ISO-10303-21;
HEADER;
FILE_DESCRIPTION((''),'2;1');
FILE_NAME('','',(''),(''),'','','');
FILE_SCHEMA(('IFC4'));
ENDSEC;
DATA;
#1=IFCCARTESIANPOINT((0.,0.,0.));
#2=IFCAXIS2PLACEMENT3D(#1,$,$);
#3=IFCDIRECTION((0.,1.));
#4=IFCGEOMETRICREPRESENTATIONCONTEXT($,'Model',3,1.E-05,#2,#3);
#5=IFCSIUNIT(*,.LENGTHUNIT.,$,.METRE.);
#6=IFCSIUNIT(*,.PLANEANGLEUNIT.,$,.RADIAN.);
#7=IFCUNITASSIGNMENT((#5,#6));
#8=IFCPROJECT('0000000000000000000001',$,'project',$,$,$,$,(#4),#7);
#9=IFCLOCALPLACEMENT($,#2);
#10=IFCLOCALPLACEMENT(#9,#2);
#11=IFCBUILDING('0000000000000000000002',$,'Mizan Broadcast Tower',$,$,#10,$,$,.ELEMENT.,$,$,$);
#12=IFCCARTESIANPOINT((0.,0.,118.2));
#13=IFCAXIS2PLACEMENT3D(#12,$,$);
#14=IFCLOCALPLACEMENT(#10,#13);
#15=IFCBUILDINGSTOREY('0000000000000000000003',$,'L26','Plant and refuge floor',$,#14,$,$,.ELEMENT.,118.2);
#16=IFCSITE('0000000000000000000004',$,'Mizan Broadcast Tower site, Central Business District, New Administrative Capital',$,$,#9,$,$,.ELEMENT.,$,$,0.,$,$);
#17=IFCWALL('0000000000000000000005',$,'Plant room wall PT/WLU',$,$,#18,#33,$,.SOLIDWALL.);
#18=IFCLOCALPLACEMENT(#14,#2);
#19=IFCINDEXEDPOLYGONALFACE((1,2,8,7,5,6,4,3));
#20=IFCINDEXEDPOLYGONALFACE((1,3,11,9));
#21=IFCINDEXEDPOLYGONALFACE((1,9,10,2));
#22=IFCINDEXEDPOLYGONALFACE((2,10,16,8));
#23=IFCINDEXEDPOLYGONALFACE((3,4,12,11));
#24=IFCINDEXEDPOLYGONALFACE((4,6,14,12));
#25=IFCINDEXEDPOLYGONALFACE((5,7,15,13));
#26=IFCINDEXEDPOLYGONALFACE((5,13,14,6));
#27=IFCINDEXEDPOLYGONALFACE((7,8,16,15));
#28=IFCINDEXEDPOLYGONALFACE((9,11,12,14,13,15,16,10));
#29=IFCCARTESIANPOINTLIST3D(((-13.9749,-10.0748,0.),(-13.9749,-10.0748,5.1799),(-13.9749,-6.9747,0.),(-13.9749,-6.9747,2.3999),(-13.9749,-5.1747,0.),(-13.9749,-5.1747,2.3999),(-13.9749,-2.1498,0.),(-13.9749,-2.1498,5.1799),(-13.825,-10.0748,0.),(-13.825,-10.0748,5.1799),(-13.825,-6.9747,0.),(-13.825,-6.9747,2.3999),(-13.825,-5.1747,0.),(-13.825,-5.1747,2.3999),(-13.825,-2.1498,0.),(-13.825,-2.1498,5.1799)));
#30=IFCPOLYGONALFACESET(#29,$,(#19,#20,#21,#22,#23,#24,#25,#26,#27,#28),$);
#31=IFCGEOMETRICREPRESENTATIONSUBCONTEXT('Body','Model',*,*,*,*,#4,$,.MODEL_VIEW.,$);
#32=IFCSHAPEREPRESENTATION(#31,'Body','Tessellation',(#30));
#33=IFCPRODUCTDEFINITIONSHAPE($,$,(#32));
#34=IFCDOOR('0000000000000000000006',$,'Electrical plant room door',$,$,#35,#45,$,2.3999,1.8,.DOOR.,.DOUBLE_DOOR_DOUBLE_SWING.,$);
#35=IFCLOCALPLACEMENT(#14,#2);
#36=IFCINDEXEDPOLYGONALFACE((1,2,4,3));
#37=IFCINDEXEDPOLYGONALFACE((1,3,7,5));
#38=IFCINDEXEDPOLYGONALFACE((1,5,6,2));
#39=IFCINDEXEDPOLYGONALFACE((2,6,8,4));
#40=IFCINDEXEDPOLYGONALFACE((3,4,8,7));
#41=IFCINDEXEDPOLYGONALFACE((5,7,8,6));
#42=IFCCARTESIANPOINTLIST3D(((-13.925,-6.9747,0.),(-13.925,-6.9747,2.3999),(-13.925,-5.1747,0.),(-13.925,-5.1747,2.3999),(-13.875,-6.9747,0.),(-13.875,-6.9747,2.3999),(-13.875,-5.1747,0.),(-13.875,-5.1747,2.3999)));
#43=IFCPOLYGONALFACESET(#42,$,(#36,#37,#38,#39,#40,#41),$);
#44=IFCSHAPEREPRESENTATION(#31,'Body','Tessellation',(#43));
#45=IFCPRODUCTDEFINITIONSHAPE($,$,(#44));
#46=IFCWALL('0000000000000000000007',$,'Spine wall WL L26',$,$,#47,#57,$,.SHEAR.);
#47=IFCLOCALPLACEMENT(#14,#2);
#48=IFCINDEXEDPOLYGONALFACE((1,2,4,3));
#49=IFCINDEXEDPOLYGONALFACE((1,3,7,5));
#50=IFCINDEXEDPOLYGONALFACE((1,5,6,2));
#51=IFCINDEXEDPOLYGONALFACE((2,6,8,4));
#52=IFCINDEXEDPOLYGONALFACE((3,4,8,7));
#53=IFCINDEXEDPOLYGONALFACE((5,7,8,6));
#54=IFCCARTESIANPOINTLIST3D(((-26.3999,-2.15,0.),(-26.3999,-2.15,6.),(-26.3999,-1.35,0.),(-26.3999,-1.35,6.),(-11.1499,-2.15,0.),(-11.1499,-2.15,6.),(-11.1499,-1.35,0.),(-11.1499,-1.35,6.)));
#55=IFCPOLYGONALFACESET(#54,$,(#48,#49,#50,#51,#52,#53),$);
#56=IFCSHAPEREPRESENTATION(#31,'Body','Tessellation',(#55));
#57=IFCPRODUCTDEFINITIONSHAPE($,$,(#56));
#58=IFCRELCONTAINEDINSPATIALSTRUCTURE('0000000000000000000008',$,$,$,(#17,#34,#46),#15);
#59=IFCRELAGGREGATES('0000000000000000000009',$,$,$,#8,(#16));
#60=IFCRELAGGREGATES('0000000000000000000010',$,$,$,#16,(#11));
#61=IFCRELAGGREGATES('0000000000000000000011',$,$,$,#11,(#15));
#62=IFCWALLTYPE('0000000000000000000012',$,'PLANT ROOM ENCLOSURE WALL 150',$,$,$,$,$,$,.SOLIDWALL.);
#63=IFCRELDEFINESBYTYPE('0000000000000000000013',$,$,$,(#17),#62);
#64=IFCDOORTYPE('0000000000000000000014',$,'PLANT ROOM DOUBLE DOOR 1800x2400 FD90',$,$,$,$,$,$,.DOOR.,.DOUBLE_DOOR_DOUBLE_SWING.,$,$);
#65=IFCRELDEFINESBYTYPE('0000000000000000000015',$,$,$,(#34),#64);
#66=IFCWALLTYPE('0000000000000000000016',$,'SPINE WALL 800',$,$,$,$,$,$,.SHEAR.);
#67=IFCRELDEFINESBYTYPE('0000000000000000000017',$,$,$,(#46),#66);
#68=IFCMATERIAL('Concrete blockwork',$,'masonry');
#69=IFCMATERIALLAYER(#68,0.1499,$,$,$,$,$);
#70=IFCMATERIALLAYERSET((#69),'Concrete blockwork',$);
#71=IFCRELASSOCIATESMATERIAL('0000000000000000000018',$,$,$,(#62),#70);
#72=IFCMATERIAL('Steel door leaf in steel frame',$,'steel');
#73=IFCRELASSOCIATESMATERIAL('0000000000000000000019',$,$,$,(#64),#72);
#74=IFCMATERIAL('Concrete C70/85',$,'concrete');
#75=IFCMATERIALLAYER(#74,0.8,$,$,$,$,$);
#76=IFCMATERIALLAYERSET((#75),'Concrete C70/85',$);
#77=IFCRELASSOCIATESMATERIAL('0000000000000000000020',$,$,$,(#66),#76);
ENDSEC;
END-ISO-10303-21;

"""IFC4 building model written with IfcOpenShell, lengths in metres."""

from ifc_helpers import new_model, si_unit, direction, frame, frame_2d, origin, place, context, subcontext, project, spatial, rectangle, extrude, material, layer, layer_set, type_object, element, fill, save


model = new_model("IFC4")

# Units and contexts
model_context = context("Model", 3, precision=1e-05, world=origin(), true_north=direction((0.0, 1.0)))
body_context = subcontext(model_context, "Body", "Model", "MODEL_VIEW")
ifc_project = project(units=[si_unit("LENGTHUNIT", "METRE"), si_unit("PLANEANGLEUNIT", "RADIAN")], contexts=[model_context])

# Site, building, storey
site_placement = place(None, origin())
site = spatial("IfcSite", under=ifc_project, at=site_placement, Name="Mizan Broadcast Tower site, Central Business District, New Administrative Capital", CompositionType="ELEMENT", RefElevation=0.0)
building_placement = place(site_placement, origin())
building = spatial("IfcBuilding", under=site, at=building_placement, Name="Mizan Broadcast Tower", CompositionType="ELEMENT")
storey_placement = place(building_placement, frame((0.0, 0.0, 118.2)))
storey = spatial("IfcBuildingStorey", under=building, at=storey_placement, Name="L26", Description="Plant and refuge floor", CompositionType="ELEMENT", Elevation=118.2)

# Wall, opening, door
ifc_material_1 = material(Name="Concrete blockwork", Category="masonry")
ifc_layer_1 = layer(ifc_material_1, 0.1499)
ifc_layer_set_1 = layer_set([ifc_layer_1], Name="Concrete blockwork")
wall_type_1 = type_object("IfcWallType", Name="PLANT ROOM ENCLOSURE WALL 150", PredefinedType="SOLIDWALL", material=ifc_layer_set_1)
wall_1_placement = place(storey_placement, frame((-13.8999, -2.1499, 0.0), z_axis=(0.0, 0.0, 1.0), x_axis=(0.0, -1.0, 0.0)))
wall_1 = element("IfcWall", 1, at=wall_1_placement, inside=storey, type_object=wall_type_1, Name="Plant room wall PT/WLU", PredefinedType="SOLIDWALL", context=body_context, shape_type="SweptSolid", body=[
    extrude(rectangle(XDim=7.925, YDim=0.1499, at=frame_2d((3.9624, 0.0))), origin(), (0.0, 0.0, 1.0), 5.1799),
])
opening_1_placement = place(wall_1_placement, frame((3.0249, 0.0, 0.0)))
opening_1 = element("IfcOpeningElement", 2, at=opening_1_placement, cuts=wall_1, PredefinedType="OPENING", context=body_context, shape_type="SweptSolid", body=[
    extrude(rectangle(XDim=1.8, YDim=2.3999, at=frame_2d((0.8999, 1.2))), frame((0.0, 0.085, 0.0), z_axis=(0.0, -1.0, 0.0), x_axis=(1.0, 0.0, 0.0)), (0.0, 0.0, 1.0), 0.1699),
])
ifc_material_2 = material(Name="Steel door leaf in steel frame", Category="steel")
door_type_1 = type_object("IfcDoorType", Name="PLANT ROOM DOUBLE DOOR 1800x2400 FD90", OperationType="DOUBLE_DOOR_DOUBLE_SWING", PredefinedType="DOOR", material=ifc_material_2)
door_1_placement = place(opening_1_placement, origin())
door_1 = element("IfcDoor", 3, at=door_1_placement, inside=storey, type_object=door_type_1, Name="Electrical plant room door", OperationType="DOUBLE_DOOR_DOUBLE_SWING", OverallHeight=2.3999, OverallWidth=1.8, PredefinedType="DOOR", context=body_context, shape_type="SweptSolid", body=[
    extrude(rectangle(XDim=1.8, YDim=2.3999, at=frame_2d((0.8999, 1.2))), frame((0.0, 0.0249, 0.0), z_axis=(0.0, -1.0, 0.0), x_axis=(1.0, 0.0, 0.0)), (0.0, 0.0, 1.0), 0.05),
])
fill(opening_1, door_1)

# Wall
ifc_material_3 = material(Name="Concrete C70/85", Category="concrete")
ifc_layer_2 = layer(ifc_material_3, 0.8)
ifc_layer_set_2 = layer_set([ifc_layer_2], Name="Concrete C70/85")
wall_type_2 = type_object("IfcWallType", Name="SPINE WALL 800", PredefinedType="SHEAR", material=ifc_layer_set_2)
wall_2_placement = place(storey_placement, frame((-11.1499, -1.75, 0.0), z_axis=(0.0, 0.0, 1.0), x_axis=(-1.0, 0.0, 0.0)))
element("IfcWall", 4, at=wall_2_placement, inside=storey, type_object=wall_type_2, Name="Spine wall WL L26", PredefinedType="SHEAR", context=body_context, shape_type="SweptSolid", body=[
    extrude(rectangle(XDim=15.25, YDim=0.8, at=frame_2d((7.625, 0.0))), origin(), (0.0, 0.0, 1.0), 6.0),
])

save(model, "model.ifc")
